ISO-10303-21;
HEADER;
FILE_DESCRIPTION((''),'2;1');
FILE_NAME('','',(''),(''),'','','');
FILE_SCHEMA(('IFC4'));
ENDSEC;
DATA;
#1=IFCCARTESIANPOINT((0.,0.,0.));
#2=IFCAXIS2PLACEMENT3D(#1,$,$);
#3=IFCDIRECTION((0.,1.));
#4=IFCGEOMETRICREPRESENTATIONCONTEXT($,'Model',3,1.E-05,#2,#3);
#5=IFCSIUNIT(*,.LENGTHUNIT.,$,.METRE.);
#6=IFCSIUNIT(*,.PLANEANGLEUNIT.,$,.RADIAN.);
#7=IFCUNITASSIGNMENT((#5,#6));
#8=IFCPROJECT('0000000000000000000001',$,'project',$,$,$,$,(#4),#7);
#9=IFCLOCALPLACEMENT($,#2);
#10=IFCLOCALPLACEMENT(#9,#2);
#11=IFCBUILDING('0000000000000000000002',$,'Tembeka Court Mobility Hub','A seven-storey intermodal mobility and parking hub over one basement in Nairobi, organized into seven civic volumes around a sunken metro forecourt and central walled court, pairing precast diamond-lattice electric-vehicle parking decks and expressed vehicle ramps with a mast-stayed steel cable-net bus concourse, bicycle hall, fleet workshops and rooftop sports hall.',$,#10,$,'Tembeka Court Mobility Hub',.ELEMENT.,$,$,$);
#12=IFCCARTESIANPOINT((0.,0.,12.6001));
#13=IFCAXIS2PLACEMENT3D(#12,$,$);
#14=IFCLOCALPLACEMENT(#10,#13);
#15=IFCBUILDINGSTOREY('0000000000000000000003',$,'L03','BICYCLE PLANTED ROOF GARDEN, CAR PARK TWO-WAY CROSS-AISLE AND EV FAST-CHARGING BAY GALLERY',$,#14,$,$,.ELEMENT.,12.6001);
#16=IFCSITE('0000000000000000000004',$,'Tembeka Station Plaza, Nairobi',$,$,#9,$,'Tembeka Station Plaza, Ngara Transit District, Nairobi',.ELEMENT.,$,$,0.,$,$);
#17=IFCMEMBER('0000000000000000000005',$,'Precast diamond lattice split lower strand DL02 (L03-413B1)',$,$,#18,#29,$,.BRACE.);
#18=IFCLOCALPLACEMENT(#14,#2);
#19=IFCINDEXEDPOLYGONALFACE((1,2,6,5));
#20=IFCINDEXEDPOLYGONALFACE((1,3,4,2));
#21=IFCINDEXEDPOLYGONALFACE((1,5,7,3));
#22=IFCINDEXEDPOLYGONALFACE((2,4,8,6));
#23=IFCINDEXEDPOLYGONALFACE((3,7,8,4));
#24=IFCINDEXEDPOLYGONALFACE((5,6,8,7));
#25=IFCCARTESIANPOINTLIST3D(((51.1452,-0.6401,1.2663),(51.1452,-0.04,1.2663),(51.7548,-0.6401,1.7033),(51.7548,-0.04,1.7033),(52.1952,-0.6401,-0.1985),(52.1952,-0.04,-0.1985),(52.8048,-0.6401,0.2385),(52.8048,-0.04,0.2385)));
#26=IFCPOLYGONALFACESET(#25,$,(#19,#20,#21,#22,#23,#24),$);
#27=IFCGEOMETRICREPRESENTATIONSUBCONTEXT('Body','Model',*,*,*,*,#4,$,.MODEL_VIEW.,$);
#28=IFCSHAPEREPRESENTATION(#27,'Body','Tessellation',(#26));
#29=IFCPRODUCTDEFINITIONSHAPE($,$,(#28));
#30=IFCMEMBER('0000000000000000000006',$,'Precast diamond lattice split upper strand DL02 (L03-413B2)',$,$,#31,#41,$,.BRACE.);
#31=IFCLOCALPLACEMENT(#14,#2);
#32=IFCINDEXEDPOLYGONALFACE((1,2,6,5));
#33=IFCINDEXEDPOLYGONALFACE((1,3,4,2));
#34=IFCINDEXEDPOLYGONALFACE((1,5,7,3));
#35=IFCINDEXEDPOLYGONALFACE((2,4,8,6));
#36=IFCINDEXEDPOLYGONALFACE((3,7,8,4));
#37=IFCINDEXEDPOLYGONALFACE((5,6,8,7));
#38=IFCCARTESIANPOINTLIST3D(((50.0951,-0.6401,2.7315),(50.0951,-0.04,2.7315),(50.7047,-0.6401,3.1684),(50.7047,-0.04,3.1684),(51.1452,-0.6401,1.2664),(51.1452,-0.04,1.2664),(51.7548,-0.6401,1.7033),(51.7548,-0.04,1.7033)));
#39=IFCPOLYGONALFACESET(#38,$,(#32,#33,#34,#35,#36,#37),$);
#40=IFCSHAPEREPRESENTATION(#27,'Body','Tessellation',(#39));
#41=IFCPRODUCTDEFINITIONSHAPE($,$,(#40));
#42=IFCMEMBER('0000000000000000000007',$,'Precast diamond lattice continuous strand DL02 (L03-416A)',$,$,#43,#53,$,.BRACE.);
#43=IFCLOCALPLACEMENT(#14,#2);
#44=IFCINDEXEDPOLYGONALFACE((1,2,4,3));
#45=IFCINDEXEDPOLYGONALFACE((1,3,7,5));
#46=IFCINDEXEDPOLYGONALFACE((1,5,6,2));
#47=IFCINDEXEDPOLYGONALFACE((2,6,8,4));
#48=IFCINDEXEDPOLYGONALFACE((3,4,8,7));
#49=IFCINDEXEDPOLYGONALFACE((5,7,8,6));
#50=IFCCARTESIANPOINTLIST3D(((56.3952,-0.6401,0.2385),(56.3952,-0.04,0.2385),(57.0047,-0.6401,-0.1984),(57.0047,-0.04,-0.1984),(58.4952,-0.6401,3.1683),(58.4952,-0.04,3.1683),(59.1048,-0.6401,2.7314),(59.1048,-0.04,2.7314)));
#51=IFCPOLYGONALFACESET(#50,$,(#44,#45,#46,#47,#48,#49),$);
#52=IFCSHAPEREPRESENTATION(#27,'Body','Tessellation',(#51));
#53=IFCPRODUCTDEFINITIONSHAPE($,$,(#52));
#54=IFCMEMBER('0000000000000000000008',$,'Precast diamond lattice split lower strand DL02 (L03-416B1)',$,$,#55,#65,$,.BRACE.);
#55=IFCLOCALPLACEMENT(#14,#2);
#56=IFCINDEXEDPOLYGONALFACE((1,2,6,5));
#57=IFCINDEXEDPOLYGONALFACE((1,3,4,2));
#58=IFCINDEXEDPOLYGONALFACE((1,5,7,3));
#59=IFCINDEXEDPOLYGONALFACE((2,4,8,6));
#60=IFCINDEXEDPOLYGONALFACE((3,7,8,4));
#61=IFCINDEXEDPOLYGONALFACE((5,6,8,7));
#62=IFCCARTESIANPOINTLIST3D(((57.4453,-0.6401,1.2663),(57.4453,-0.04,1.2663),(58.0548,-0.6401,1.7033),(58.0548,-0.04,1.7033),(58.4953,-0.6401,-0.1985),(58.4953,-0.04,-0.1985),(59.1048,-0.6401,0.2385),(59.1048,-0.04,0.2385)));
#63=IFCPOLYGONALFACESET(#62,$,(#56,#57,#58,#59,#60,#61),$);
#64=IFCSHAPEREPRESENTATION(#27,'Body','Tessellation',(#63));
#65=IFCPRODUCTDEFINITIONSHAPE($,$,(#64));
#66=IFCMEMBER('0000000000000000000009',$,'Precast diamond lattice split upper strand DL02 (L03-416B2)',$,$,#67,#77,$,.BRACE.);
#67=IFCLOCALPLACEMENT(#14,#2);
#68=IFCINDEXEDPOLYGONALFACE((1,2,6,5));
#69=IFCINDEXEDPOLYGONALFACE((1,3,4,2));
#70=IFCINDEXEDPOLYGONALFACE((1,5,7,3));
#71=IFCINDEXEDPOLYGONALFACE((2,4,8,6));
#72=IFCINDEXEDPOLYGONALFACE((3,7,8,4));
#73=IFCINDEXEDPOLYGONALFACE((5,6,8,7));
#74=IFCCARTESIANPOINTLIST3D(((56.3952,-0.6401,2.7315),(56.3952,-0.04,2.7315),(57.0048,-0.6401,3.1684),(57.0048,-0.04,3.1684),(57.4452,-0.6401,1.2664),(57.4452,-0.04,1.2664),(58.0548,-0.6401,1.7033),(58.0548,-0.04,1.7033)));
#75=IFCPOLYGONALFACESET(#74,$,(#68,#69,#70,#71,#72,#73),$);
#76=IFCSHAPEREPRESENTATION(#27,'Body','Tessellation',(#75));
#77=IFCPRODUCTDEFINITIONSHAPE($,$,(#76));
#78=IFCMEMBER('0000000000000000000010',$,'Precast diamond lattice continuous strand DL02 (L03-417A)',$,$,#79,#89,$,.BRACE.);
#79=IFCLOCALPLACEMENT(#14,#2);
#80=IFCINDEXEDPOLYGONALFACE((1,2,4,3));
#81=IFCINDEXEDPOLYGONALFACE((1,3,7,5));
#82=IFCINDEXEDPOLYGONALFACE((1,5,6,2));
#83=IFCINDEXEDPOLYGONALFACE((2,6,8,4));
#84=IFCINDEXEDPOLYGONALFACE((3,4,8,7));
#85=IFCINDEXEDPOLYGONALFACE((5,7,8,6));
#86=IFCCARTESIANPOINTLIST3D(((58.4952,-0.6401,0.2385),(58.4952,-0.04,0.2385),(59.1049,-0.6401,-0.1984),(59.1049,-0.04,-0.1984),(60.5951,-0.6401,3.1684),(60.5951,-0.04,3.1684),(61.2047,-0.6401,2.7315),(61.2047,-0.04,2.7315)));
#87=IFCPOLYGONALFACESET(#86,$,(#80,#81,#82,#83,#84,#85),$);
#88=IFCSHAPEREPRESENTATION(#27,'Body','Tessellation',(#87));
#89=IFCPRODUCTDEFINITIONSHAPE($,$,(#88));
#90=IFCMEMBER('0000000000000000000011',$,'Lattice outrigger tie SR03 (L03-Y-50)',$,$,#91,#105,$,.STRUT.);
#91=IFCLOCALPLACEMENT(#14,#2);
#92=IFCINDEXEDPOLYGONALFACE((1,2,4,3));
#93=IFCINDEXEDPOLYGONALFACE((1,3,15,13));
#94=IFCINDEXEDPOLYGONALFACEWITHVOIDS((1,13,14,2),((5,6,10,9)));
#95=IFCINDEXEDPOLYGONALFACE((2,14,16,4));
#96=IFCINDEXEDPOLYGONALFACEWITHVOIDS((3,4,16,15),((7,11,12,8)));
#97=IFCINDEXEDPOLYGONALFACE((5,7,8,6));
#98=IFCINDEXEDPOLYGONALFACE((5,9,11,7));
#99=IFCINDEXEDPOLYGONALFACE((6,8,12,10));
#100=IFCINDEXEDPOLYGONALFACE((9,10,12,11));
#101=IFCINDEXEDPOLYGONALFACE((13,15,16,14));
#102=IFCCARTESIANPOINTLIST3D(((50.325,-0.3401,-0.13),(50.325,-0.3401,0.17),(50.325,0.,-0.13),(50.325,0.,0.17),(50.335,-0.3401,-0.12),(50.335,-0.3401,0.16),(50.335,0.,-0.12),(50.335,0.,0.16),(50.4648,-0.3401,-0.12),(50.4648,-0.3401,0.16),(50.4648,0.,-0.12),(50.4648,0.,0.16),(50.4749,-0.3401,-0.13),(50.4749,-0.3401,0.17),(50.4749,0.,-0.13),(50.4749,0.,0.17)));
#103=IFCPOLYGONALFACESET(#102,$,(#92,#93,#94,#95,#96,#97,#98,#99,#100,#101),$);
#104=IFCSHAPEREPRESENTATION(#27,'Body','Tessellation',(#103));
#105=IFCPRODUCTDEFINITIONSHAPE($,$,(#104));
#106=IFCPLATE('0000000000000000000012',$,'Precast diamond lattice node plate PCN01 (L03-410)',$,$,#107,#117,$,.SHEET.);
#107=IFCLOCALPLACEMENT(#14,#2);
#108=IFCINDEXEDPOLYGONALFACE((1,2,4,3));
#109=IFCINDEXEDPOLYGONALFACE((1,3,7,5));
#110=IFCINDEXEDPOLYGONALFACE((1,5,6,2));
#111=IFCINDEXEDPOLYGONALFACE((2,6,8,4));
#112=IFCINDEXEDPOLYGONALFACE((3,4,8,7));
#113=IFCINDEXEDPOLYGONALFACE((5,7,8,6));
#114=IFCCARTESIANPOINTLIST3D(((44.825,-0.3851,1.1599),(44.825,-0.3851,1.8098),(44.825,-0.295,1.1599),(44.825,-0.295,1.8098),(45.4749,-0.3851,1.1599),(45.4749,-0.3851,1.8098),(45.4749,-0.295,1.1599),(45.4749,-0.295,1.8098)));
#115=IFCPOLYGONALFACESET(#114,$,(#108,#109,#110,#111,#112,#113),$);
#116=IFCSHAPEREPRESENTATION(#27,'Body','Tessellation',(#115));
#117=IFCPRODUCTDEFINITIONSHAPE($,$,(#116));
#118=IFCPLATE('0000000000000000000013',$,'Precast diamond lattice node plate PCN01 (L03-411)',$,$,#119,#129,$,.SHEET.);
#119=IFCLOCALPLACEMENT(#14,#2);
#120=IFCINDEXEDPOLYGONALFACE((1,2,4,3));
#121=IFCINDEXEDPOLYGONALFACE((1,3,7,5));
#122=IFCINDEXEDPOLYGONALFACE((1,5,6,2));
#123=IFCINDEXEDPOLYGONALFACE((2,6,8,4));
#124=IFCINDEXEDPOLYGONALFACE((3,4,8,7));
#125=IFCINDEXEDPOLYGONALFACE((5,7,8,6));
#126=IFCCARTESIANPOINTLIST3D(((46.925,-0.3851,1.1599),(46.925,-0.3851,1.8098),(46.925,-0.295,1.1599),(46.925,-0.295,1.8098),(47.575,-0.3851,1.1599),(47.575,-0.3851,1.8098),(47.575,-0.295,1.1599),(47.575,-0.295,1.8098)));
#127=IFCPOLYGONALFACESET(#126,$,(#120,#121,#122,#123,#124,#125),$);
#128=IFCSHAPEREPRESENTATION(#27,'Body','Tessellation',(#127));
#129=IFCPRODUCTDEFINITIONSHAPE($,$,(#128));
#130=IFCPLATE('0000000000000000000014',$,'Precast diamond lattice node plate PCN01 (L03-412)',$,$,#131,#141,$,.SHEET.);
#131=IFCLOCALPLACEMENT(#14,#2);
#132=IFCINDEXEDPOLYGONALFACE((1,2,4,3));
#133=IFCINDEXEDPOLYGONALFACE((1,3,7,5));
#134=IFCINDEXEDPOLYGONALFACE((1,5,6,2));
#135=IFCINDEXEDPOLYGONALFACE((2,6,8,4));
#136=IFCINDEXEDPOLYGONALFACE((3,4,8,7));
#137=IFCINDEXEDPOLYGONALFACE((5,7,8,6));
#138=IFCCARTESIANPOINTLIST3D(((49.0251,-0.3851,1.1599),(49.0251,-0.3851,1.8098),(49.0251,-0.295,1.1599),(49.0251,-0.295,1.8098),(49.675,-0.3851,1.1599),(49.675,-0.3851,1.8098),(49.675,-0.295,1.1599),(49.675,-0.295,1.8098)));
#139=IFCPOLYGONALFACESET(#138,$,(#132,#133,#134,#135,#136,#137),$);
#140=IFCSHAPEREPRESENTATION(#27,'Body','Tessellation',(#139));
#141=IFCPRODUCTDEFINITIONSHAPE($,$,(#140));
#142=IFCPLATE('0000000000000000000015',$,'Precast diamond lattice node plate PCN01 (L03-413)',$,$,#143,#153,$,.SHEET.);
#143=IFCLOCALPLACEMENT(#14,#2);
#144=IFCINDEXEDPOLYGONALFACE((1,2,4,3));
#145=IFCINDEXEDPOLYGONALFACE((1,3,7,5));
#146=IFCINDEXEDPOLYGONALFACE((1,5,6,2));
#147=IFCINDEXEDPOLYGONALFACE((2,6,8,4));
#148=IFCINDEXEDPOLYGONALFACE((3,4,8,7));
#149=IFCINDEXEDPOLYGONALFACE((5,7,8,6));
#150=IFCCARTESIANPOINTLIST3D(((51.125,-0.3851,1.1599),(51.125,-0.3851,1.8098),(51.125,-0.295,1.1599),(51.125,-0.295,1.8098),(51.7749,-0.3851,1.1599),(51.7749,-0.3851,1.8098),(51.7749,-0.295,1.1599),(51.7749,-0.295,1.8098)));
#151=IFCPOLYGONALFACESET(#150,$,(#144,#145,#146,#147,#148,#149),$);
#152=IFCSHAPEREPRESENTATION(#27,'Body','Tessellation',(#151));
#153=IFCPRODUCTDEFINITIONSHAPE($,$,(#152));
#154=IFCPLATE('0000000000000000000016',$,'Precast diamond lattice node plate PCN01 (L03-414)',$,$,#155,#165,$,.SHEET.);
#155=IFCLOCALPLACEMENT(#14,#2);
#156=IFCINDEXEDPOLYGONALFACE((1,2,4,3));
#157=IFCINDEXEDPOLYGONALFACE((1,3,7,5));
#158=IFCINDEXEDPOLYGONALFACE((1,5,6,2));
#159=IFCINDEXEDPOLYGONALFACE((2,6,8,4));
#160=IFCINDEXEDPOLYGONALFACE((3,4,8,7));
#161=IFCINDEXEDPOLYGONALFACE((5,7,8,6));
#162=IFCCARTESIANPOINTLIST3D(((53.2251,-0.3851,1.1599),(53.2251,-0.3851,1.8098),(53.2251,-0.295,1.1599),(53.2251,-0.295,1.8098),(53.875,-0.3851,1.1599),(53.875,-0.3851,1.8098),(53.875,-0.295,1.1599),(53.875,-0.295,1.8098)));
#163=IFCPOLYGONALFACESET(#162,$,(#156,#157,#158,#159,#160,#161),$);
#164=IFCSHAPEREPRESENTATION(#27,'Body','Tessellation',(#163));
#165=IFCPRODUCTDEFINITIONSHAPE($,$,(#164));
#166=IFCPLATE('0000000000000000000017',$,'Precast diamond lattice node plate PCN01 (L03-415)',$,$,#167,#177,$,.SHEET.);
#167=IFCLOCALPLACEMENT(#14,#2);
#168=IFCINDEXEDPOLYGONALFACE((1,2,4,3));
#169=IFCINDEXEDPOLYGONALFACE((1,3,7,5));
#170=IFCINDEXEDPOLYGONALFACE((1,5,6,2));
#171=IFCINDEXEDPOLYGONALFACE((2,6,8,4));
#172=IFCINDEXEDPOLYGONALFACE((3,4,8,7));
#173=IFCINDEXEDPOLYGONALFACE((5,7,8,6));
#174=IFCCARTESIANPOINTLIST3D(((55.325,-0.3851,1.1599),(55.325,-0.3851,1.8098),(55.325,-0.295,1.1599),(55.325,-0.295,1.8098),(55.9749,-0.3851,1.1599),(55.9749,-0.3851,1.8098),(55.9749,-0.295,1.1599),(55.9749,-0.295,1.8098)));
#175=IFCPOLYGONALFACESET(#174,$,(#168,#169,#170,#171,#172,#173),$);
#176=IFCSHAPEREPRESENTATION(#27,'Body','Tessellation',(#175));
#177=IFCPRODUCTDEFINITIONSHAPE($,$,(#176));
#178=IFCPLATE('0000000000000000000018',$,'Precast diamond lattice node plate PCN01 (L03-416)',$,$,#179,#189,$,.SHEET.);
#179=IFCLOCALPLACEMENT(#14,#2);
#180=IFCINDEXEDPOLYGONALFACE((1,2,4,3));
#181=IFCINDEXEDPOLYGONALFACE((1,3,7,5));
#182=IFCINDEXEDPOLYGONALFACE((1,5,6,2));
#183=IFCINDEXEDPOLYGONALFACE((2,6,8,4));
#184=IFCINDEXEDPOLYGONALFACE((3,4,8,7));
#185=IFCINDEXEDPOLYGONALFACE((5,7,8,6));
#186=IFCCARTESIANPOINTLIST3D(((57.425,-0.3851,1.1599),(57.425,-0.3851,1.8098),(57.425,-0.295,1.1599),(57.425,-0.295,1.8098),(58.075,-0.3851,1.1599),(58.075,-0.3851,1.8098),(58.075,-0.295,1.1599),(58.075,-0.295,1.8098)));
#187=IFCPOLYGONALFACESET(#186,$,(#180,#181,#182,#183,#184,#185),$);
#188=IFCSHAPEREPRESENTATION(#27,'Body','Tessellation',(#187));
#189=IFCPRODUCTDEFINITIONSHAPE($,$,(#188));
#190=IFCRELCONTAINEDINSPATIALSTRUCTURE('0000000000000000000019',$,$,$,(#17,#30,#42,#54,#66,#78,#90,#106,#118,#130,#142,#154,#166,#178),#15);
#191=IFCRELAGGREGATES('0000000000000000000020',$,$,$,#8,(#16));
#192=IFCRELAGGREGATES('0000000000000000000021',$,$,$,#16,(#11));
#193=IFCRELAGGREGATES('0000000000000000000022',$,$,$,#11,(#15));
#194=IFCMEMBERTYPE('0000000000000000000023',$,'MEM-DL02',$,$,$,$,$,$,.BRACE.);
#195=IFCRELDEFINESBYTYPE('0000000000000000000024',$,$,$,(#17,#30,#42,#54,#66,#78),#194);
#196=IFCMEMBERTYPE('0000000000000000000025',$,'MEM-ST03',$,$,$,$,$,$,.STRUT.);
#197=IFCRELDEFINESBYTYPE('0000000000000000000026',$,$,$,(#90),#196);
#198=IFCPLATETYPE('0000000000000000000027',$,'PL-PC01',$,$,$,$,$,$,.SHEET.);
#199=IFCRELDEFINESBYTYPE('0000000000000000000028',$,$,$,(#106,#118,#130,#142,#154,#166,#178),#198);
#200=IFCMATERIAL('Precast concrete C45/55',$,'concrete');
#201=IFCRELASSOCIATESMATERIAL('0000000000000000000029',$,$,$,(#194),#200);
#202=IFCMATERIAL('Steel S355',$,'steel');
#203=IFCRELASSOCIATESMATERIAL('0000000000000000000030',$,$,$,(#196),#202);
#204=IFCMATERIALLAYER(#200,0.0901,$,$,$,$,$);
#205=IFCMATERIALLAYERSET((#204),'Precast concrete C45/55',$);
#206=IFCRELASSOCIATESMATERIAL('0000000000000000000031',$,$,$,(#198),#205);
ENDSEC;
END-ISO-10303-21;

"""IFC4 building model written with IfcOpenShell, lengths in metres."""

from ifc_helpers import new_model, si_unit, direction, frame, origin, origin_2d, place, context, subcontext, project, spatial, rectangle, hollow_rectangle, extrude, material, layer, layer_set, material_profile, profile_set, type_object, element, save


model = new_model("IFC4")

# Units and contexts
model_context = context("Model", 3, precision=1e-05, world=origin(), true_north=direction((0.0, 1.0)))
body_context = subcontext(model_context, "Body", "Model", "MODEL_VIEW")
ifc_project = project(units=[si_unit("LENGTHUNIT", "METRE"), si_unit("PLANEANGLEUNIT", "RADIAN")], contexts=[model_context])

# Site, building, storey
site_placement = place(None, origin())
site = spatial("IfcSite", under=ifc_project, at=site_placement, Name="Tembeka Station Plaza, Nairobi", LongName="Tembeka Station Plaza, Ngara Transit District, Nairobi", CompositionType="ELEMENT", RefElevation=0.0)
building_placement = place(site_placement, origin())
building = spatial("IfcBuilding", under=site, at=building_placement, Name="Tembeka Court Mobility Hub", Description="A seven-storey intermodal mobility and parking hub over one basement in Nairobi, organized into seven civic volumes around a sunken metro forecourt and central walled court, pairing precast diamond-lattice electric-vehicle parking decks and expressed vehicle ramps with a mast-stayed steel cable-net bus concourse, bicycle hall, fleet workshops and rooftop sports hall.", LongName="Tembeka Court Mobility Hub", CompositionType="ELEMENT")
storey_placement = place(building_placement, frame((0.0, 0.0, 12.6001)))
storey = spatial("IfcBuildingStorey", under=building, at=storey_placement, Name="L03", Description="BICYCLE PLANTED ROOF GARDEN, CAR PARK TWO-WAY CROSS-AISLE AND EV FAST-CHARGING BAY GALLERY", CompositionType="ELEMENT", Elevation=12.6001)

# Shared definitions
ifc_material_1 = material(Name="Steel S355", Category="steel")

# Shared definitions
ifc_material_2 = material(Name="Precast concrete C45/55", Category="concrete")

# Members
ifc_material_profile_1 = material_profile(ifc_material_2, rectangle(XDim=0.6001, YDim=0.75, at=origin_2d()), Name="PC-DIAG 600x750")
ifc_profile_set_1 = profile_set([ifc_material_profile_1], Name="Precast concrete C45/55")
member_type_1 = type_object("IfcMemberType", Name="MEM-DL02", PredefinedType="BRACE", material=ifc_profile_set_1)
member_1_placement = place(storey_placement, frame((52.5, -0.3401, 0.02), z_axis=(-0.582608, 0.0, 0.812753), x_axis=(0.0, -1.0, 0.0)))
element("IfcMember", 1, at=member_1_placement, inside=storey, type_object=member_type_1, Name="Precast diamond lattice split lower strand DL02 (L03-413B1)", PredefinedType="BRACE", context=body_context, shape_type="SweptSolid", body=[
    extrude(rectangle(XDim=0.6001, YDim=0.75, at=origin_2d()), origin(), (0.0, 0.0, 1.0), 1.8022),
])
member_2_placement = place(storey_placement, frame((51.45, -0.3401, 1.4849), z_axis=(-0.582544, 0.0, 0.812799), x_axis=(0.0, -1.0, 0.0)))
element("IfcMember", 2, at=member_2_placement, inside=storey, type_object=member_type_1, Name="Precast diamond lattice split upper strand DL02 (L03-413B2)", PredefinedType="BRACE", context=body_context, shape_type="SweptSolid", body=[
    extrude(rectangle(XDim=0.6001, YDim=0.75, at=origin_2d()), origin(), (0.0, 0.0, 1.0), 1.8025),
])
member_3_placement = place(storey_placement, frame((56.7, -0.3401, 0.02), z_axis=(0.582576, 0.0, 0.812776), x_axis=(0.0, 1.0, 0.0)))
element("IfcMember", 3, at=member_3_placement, inside=storey, type_object=member_type_1, Name="Precast diamond lattice continuous strand DL02 (L03-416A)", PredefinedType="BRACE", context=body_context, shape_type="SweptSolid", body=[
    extrude(rectangle(XDim=0.6001, YDim=0.75, at=origin_2d()), origin(), (0.0, 0.0, 1.0), 3.6047),
])
member_4_placement = place(storey_placement, frame((58.8, -0.3401, 0.02), z_axis=(-0.582608, 0.0, 0.812753), x_axis=(0.0, -1.0, 0.0)))
element("IfcMember", 4, at=member_4_placement, inside=storey, type_object=member_type_1, Name="Precast diamond lattice split lower strand DL02 (L03-416B1)", PredefinedType="BRACE", context=body_context, shape_type="SweptSolid", body=[
    extrude(rectangle(XDim=0.6001, YDim=0.75, at=origin_2d()), origin(), (0.0, 0.0, 1.0), 1.8022),
])
member_5_placement = place(storey_placement, frame((57.75, -0.3401, 1.4849), z_axis=(-0.582544, 0.0, 0.812799), x_axis=(0.0, -1.0, 0.0)))
element("IfcMember", 5, at=member_5_placement, inside=storey, type_object=member_type_1, Name="Precast diamond lattice split upper strand DL02 (L03-416B2)", PredefinedType="BRACE", context=body_context, shape_type="SweptSolid", body=[
    extrude(rectangle(XDim=0.6001, YDim=0.75, at=origin_2d()), origin(), (0.0, 0.0, 1.0), 1.8025),
])
member_6_placement = place(storey_placement, frame((58.8, -0.3401, 0.02), z_axis=(0.582532, 0.0, 0.812808), x_axis=(0.0, 1.0, 0.0)))
element("IfcMember", 6, at=member_6_placement, inside=storey, type_object=member_type_1, Name="Precast diamond lattice continuous strand DL02 (L03-417A)", PredefinedType="BRACE", context=body_context, shape_type="SweptSolid", body=[
    extrude(rectangle(XDim=0.6001, YDim=0.75, at=origin_2d()), origin(), (0.0, 0.0, 1.0), 3.6047),
])
ifc_material_profile_2 = material_profile(ifc_material_1, hollow_rectangle(XDim=0.1499, YDim=0.3, WallThickness=0.01, at=origin_2d()), Name="RHS 300x150x10")
ifc_profile_set_2 = profile_set([ifc_material_profile_2], Name="Steel S355")
member_type_2 = type_object("IfcMemberType", Name="MEM-ST03", PredefinedType="STRUT", material=ifc_profile_set_2)
member_7_placement = place(storey_placement, frame((50.3999, 0.0, 0.02), z_axis=(0.0, -1.0, 0.0), x_axis=(1.0, 0.0, 0.0)))
element("IfcMember", 7, at=member_7_placement, inside=storey, type_object=member_type_2, Name="Lattice outrigger tie SR03 (L03-Y-50)", PredefinedType="STRUT", context=body_context, shape_type="SweptSolid", body=[
    extrude(hollow_rectangle(XDim=0.1499, YDim=0.3, WallThickness=0.01, at=origin_2d()), origin(), (0.0, 0.0, 1.0), 0.3401),
])

# Plates
ifc_layer = layer(ifc_material_2, 0.0901)
ifc_layer_set = layer_set([ifc_layer], Name="Precast concrete C45/55")
plate_type = type_object("IfcPlateType", Name="PL-PC01", PredefinedType="SHEET", material=ifc_layer_set)
for number, where, z_axis, x_axis, name in (
    (8, (45.1499, -0.3401, 1.1599), (0.0, 0.0, 1.0), (1.0, 0.0, 0.0), "Precast diamond lattice node plate PCN01 (L03-410)"),
    (9, (47.25, -0.3401, 1.1599), (0.0, 0.0, 1.0), (1.0, 0.0, 0.0), "Precast diamond lattice node plate PCN01 (L03-411)"),
    (10, (49.3501, -0.3401, 1.1599), (0.0, 0.0, 1.0), (1.0, 0.0, 0.0), "Precast diamond lattice node plate PCN01 (L03-412)"),
    (11, (51.45, -0.3401, 1.1599), (0.0, 0.0, 1.0), (1.0, 0.0, 0.0), "Precast diamond lattice node plate PCN01 (L03-413)"),
    (12, (53.55, -0.3401, 1.1599), (0.0, 0.0, 1.0), (1.0, 0.0, 0.0), "Precast diamond lattice node plate PCN01 (L03-414)"),
    (13, (55.6499, -0.3401, 1.1599), (0.0, 0.0, 1.0), (1.0, 0.0, 0.0), "Precast diamond lattice node plate PCN01 (L03-415)"),
    (14, (57.75, -0.3401, 1.1599), (0.0, 0.0, 1.0), (1.0, 0.0, 0.0), "Precast diamond lattice node plate PCN01 (L03-416)"),
):
    element("IfcPlate", number, at=place(storey_placement, frame(where, z_axis=z_axis, x_axis=x_axis)), inside=storey, type_object=plate_type, Name=name, PredefinedType="SHEET", context=body_context, shape_type="SweptSolid", body=[
        extrude(rectangle(XDim=0.6499, YDim=0.0901, at=origin_2d()), origin(), (0.0, 0.0, 1.0), 0.6499),
    ])

save(model, "model.ifc")
